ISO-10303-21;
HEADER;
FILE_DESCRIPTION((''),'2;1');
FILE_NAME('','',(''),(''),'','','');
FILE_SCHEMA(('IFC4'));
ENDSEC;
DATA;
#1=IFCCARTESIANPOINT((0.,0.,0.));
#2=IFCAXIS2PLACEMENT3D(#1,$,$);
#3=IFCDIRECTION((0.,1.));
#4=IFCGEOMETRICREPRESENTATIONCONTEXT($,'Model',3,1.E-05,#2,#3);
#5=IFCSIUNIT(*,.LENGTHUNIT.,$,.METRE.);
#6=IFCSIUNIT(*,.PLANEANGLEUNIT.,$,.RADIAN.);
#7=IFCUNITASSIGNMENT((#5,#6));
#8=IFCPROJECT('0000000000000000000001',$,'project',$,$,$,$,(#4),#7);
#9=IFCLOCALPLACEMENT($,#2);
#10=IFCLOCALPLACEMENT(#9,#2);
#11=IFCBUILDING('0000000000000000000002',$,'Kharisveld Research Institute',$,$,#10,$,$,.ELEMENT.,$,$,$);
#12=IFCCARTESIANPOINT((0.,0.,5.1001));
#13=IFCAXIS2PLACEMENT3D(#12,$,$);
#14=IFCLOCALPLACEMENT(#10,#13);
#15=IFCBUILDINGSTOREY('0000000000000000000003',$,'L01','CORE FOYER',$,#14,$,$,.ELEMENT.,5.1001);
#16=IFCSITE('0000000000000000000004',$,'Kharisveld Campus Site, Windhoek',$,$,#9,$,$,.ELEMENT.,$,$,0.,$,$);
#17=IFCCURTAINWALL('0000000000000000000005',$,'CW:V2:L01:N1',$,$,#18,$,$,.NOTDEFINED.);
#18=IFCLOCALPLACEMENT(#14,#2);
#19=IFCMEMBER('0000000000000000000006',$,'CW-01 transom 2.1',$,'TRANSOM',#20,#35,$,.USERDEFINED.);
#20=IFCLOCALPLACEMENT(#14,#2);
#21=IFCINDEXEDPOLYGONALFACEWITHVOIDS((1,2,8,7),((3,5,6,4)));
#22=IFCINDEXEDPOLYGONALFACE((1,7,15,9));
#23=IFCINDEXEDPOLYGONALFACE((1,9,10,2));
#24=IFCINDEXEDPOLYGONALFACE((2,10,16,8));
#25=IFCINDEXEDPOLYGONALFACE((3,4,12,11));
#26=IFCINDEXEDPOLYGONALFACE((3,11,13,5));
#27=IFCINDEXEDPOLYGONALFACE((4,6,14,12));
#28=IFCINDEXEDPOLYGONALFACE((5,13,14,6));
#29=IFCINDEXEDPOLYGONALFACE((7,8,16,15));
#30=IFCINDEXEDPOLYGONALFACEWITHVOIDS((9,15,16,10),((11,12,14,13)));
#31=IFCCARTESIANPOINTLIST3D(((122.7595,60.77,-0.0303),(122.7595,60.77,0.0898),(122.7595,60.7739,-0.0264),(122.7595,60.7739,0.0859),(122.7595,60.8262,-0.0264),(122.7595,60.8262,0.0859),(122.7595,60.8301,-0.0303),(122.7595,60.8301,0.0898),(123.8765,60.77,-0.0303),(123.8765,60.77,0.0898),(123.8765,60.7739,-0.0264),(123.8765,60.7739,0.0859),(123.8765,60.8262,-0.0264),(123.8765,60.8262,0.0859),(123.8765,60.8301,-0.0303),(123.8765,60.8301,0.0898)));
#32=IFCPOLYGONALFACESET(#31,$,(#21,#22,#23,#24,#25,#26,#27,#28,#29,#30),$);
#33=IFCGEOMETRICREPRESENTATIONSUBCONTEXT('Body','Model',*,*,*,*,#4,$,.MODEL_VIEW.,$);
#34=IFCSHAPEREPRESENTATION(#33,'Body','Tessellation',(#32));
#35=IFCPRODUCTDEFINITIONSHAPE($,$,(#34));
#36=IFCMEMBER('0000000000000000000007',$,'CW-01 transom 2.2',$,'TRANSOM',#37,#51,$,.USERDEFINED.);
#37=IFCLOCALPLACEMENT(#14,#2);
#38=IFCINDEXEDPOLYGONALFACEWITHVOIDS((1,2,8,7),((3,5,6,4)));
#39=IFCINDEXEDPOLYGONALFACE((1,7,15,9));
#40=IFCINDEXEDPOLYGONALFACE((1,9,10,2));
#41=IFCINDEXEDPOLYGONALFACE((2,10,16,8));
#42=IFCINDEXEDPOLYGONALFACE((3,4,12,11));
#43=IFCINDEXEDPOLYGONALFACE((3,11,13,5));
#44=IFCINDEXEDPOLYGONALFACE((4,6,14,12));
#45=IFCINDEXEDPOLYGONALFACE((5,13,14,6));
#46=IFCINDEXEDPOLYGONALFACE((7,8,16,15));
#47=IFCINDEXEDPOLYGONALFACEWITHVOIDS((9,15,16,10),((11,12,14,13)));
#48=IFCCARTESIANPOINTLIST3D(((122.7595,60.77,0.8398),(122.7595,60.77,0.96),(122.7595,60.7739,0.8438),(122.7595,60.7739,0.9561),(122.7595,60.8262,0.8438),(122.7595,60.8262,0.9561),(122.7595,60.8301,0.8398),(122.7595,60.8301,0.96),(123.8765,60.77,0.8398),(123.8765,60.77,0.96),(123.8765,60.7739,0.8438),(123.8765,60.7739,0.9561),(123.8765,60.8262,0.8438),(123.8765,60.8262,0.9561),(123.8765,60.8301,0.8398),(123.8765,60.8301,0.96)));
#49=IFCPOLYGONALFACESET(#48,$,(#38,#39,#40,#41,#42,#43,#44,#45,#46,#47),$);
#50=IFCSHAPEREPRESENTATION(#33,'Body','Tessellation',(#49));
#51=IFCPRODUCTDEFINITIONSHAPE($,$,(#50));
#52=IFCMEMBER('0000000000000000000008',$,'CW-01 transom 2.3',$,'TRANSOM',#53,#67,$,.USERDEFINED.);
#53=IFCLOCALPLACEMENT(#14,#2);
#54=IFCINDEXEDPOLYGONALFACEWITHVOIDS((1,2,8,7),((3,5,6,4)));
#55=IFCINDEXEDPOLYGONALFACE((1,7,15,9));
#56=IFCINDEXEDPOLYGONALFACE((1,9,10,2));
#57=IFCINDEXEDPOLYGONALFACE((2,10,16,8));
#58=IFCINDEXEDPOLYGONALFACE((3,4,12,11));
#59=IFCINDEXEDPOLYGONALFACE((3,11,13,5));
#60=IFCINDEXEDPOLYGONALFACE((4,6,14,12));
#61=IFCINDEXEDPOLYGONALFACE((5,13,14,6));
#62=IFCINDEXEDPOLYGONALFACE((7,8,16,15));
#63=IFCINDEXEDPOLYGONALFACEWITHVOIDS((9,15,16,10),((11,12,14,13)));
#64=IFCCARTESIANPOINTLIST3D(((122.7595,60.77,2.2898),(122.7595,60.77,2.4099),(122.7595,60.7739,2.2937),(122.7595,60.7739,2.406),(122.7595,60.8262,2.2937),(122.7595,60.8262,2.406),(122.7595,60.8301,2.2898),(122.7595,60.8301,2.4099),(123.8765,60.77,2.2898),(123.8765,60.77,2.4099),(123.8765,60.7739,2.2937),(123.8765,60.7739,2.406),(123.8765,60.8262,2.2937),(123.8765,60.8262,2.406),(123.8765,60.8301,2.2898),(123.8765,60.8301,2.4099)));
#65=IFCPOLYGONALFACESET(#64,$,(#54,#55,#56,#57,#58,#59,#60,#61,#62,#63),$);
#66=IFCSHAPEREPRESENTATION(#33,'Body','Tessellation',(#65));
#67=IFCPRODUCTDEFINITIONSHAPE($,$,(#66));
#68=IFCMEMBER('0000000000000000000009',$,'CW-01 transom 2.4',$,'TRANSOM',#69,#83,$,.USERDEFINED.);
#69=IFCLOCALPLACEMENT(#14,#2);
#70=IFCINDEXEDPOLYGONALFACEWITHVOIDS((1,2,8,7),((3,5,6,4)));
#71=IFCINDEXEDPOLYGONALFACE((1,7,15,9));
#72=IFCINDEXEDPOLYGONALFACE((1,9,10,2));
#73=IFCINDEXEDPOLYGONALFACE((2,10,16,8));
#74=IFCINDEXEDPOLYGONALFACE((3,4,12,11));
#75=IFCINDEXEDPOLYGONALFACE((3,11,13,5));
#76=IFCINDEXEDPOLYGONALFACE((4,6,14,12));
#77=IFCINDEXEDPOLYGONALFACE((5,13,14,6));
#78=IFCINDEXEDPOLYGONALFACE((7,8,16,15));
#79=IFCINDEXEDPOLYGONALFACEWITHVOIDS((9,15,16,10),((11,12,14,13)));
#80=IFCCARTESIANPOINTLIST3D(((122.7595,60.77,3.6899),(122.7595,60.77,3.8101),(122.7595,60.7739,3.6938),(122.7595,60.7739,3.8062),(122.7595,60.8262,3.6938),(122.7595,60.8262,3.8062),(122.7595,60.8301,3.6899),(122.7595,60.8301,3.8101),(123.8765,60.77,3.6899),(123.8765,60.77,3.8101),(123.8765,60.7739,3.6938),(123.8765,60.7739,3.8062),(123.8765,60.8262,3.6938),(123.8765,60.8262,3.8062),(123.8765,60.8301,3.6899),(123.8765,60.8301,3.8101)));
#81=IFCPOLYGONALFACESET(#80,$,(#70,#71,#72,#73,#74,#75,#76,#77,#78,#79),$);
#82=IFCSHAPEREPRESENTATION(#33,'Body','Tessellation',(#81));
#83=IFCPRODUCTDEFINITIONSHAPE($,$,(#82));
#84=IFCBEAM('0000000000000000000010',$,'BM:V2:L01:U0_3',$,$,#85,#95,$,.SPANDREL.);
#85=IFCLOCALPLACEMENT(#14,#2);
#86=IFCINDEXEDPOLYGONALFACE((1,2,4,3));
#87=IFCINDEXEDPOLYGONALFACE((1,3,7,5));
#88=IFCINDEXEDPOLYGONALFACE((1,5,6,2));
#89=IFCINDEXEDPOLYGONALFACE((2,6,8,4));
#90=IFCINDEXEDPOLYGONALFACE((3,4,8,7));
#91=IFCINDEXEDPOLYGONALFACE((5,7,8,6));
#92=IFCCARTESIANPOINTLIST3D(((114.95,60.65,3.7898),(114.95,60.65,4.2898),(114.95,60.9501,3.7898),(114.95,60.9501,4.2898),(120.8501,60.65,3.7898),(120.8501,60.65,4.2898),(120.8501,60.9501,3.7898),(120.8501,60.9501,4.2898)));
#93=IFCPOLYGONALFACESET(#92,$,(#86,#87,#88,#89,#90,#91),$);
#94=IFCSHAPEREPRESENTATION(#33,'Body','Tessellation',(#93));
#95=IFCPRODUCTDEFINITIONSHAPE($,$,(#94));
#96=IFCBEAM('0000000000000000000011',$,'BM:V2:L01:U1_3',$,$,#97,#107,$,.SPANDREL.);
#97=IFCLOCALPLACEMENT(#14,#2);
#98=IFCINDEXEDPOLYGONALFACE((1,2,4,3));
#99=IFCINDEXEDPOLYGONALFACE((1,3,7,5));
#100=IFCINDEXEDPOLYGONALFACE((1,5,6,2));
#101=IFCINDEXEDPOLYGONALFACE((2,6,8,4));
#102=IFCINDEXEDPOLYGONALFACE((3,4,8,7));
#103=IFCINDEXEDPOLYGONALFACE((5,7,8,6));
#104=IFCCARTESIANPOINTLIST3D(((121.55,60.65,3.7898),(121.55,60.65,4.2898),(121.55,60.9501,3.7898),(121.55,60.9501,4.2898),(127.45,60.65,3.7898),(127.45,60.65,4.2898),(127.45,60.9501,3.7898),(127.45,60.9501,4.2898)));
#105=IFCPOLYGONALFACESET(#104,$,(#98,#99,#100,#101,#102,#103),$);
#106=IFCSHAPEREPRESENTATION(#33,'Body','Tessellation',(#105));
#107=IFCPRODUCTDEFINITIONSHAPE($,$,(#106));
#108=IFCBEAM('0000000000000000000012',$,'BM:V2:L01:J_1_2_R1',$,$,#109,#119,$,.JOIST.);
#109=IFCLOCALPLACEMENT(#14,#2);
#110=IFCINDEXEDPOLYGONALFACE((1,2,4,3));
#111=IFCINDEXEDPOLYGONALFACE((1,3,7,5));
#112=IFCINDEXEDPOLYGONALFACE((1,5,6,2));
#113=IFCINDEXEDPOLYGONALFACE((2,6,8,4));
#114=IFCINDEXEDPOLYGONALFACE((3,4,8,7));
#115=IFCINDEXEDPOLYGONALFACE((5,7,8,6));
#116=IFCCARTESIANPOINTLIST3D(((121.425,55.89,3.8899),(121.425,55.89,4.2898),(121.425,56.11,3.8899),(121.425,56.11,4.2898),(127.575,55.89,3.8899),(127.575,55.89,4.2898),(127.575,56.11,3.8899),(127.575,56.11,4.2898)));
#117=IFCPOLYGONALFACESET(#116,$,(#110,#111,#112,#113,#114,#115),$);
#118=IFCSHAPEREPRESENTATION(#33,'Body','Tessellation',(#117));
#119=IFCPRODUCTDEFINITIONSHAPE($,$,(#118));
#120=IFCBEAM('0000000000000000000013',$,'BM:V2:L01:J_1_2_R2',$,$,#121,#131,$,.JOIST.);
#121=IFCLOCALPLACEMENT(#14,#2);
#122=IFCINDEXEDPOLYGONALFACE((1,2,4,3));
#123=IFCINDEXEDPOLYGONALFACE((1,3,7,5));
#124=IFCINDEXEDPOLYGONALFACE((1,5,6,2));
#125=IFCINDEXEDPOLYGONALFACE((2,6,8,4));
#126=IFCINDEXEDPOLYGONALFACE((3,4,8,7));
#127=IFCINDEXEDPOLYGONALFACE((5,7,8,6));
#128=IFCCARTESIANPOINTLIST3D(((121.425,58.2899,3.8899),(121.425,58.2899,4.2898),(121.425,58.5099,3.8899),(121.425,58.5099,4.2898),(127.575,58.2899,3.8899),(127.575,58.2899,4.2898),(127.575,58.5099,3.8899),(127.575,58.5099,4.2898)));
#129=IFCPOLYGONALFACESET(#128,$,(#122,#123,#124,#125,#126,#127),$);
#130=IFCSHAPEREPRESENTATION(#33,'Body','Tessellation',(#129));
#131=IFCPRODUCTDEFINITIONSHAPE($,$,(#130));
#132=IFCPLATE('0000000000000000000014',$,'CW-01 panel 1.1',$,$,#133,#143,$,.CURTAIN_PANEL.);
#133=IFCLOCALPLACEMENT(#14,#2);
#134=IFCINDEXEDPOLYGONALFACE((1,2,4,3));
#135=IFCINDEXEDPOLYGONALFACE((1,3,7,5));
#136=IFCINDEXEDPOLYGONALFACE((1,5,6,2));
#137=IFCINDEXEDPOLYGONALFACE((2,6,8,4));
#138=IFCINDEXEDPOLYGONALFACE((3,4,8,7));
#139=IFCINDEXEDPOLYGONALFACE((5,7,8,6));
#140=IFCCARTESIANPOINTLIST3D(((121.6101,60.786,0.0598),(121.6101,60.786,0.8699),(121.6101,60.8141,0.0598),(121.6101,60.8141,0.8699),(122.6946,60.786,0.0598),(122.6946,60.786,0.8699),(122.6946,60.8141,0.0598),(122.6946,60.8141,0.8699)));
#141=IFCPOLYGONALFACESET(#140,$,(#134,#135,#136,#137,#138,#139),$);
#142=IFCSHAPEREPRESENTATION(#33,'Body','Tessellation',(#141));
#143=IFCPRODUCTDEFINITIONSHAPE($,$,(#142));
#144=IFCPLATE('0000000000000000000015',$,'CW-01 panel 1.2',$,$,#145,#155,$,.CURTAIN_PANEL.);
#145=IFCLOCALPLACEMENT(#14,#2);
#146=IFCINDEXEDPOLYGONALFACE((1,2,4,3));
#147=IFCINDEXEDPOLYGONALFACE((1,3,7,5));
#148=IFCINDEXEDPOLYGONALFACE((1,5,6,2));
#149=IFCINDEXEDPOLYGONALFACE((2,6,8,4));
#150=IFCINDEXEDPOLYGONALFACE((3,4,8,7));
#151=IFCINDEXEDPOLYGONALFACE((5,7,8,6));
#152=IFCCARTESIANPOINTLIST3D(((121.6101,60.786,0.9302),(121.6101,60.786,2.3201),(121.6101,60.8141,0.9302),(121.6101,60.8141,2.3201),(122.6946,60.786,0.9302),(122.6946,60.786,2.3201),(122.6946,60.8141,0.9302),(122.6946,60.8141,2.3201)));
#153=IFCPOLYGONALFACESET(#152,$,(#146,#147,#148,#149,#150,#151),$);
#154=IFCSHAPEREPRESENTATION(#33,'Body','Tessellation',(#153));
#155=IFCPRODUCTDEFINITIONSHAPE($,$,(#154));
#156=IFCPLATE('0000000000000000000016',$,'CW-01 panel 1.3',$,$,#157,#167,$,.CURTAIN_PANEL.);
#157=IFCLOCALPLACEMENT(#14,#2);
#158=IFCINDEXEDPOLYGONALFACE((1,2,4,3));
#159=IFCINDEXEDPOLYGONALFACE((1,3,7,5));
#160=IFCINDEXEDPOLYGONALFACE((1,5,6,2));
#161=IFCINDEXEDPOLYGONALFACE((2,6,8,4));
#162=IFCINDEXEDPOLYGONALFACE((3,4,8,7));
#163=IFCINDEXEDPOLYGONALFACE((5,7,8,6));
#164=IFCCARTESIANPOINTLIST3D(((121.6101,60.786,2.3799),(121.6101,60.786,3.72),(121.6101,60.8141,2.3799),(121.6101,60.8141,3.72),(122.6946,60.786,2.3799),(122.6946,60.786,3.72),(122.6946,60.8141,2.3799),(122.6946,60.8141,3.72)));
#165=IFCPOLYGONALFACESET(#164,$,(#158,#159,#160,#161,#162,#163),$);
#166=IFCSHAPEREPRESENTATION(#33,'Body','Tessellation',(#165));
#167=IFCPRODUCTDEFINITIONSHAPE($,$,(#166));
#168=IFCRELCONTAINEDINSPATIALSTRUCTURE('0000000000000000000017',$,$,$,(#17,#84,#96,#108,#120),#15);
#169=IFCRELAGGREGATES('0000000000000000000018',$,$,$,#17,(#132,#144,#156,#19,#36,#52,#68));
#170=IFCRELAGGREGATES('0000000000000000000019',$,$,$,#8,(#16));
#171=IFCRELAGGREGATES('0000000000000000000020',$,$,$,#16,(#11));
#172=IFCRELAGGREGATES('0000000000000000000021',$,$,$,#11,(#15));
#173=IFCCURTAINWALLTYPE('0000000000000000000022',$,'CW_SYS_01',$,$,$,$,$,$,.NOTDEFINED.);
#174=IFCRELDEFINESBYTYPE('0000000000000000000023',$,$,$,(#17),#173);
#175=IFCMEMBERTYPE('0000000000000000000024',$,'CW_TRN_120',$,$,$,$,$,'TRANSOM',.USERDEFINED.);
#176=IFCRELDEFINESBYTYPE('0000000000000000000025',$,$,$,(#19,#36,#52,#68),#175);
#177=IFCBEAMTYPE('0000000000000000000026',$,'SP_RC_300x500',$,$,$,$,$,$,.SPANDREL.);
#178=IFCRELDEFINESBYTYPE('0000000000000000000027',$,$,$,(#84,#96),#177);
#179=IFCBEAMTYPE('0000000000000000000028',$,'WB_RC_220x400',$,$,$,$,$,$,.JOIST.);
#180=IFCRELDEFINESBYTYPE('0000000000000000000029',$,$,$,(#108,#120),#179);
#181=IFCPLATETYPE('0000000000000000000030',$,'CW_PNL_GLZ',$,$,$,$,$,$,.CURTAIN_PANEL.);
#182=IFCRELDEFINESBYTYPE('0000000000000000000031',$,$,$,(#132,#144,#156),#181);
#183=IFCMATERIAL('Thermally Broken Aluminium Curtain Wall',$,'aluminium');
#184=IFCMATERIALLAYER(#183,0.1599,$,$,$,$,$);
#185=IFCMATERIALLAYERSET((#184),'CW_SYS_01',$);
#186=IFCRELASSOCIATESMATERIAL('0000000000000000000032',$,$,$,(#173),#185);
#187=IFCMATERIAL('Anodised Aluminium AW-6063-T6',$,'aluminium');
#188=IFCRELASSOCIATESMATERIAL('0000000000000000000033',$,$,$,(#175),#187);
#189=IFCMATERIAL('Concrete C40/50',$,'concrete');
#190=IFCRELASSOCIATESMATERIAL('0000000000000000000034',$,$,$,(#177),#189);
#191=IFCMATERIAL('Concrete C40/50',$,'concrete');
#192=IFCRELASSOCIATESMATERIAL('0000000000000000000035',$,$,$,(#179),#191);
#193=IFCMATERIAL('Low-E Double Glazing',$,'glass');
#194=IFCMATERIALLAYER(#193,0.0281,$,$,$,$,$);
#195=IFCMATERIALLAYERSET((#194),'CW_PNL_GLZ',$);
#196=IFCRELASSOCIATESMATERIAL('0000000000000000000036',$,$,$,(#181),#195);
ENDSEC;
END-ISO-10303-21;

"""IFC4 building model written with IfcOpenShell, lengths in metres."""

from ifc_helpers import new_model, si_unit, direction, frame, origin, origin_2d, place, context, subcontext, project, spatial, rectangle, hollow_rectangle, extrude, material, layer, layer_set, material_profile, profile_set, type_object, element, aggregate, save


model = new_model("IFC4")

# Units and contexts
model_context = context("Model", 3, precision=1e-05, world=origin(), true_north=direction((0.0, 1.0)))
body_context = subcontext(model_context, "Body", "Model", "MODEL_VIEW")
ifc_project = project(units=[si_unit("LENGTHUNIT", "METRE"), si_unit("PLANEANGLEUNIT", "RADIAN")], contexts=[model_context])

# Site, building, storey
site_placement = place(None, origin())
site = spatial("IfcSite", under=ifc_project, at=site_placement, Name="Kharisveld Campus Site, Windhoek", CompositionType="ELEMENT", RefElevation=0.0)
building_placement = place(site_placement, origin())
building = spatial("IfcBuilding", under=site, at=building_placement, Name="Kharisveld Research Institute", CompositionType="ELEMENT")
storey_placement = place(building_placement, frame((0.0, 0.0, 5.1001)))
storey = spatial("IfcBuildingStorey", under=building, at=storey_placement, Name="L01", Description="CORE FOYER", CompositionType="ELEMENT", Elevation=5.1001)

# Curtain wall, members
ifc_material_1 = material(Name="Thermally Broken Aluminium Curtain Wall", Category="aluminium")
ifc_layer_1 = layer(ifc_material_1, 0.1599)
ifc_layer_set_1 = layer_set([ifc_layer_1], Name="CW_SYS_01")
curtain_wall_type = type_object("IfcCurtainWallType", Name="CW_SYS_01", PredefinedType="NOTDEFINED", material=ifc_layer_set_1)
curtain_wall_placement = place(storey_placement, origin())
curtain_wall = element("IfcCurtainWall", 1, at=curtain_wall_placement, inside=storey, type_object=curtain_wall_type, Name="CW:V2:L01:N1", PredefinedType="NOTDEFINED")
ifc_material_2 = material(Name="Anodised Aluminium AW-6063-T6", Category="aluminium")
ifc_material_profile_1 = material_profile(ifc_material_2, hollow_rectangle(XDim=0.0601, YDim=0.1201, WallThickness=0.0039, at=origin_2d()))
ifc_profile_set_1 = profile_set([ifc_material_profile_1], Name="Anodised Aluminium AW-6063-T6")
member_type_1 = type_object("IfcMemberType", Name="CW_TRN_120", ElementType="TRANSOM", PredefinedType="USERDEFINED", material=ifc_profile_set_1)
member_1_placement = place(storey_placement, frame((122.7595, 60.8, 0.0298), z_axis=(1.0, 0.0, 0.0), x_axis=(0.0, 1.0, 0.0)))
member_1 = element("IfcMember", 2, at=member_1_placement, type_object=member_type_1, Name="CW-01 transom 2.1", ObjectType="TRANSOM", PredefinedType="USERDEFINED", context=body_context, shape_type="SweptSolid", body=[
    extrude(hollow_rectangle(XDim=0.0601, YDim=0.1201, WallThickness=0.0039, at=origin_2d()), origin(), (0.0, 0.0, 1.0), 1.1169),
])
member_2_placement = place(storey_placement, frame((122.7595, 60.8, 0.8999), z_axis=(1.0, 0.0, 0.0), x_axis=(0.0, 1.0, 0.0)))
member_2 = element("IfcMember", 3, at=member_2_placement, type_object=member_type_1, Name="CW-01 transom 2.2", ObjectType="TRANSOM", PredefinedType="USERDEFINED", context=body_context, shape_type="SweptSolid", body=[
    extrude(hollow_rectangle(XDim=0.0601, YDim=0.1201, WallThickness=0.0039, at=origin_2d()), origin(), (0.0, 0.0, 1.0), 1.1169),
])
member_3_placement = place(storey_placement, frame((122.7595, 60.8, 2.3499), z_axis=(1.0, 0.0, 0.0), x_axis=(0.0, 1.0, 0.0)))
member_3 = element("IfcMember", 4, at=member_3_placement, type_object=member_type_1, Name="CW-01 transom 2.3", ObjectType="TRANSOM", PredefinedType="USERDEFINED", context=body_context, shape_type="SweptSolid", body=[
    extrude(hollow_rectangle(XDim=0.0601, YDim=0.1201, WallThickness=0.0039, at=origin_2d()), origin(), (0.0, 0.0, 1.0), 1.1169),
])
member_4_placement = place(storey_placement, frame((122.7595, 60.8, 3.75), z_axis=(1.0, 0.0, 0.0), x_axis=(0.0, 1.0, 0.0)))
member_4 = element("IfcMember", 5, at=member_4_placement, type_object=member_type_1, Name="CW-01 transom 2.4", ObjectType="TRANSOM", PredefinedType="USERDEFINED", context=body_context, shape_type="SweptSolid", body=[
    extrude(hollow_rectangle(XDim=0.0601, YDim=0.1201, WallThickness=0.0039, at=origin_2d()), origin(), (0.0, 0.0, 1.0), 1.1169),
])

# Beams
ifc_material_3 = material(Name="Concrete C40/50", Category="concrete")
ifc_material_profile_2 = material_profile(ifc_material_3, rectangle(XDim=0.3, YDim=0.5, at=origin_2d()))
ifc_profile_set_2 = profile_set([ifc_material_profile_2], Name="Concrete C40/50")
beam_type_1 = type_object("IfcBeamType", Name="SP_RC_300x500", PredefinedType="SPANDREL", material=ifc_profile_set_2)
beam_1_placement = place(storey_placement, frame((114.95, 60.8, 4.0398), z_axis=(1.0, 0.0, 0.0), x_axis=(0.0, 1.0, 0.0)))
element("IfcBeam", 6, at=beam_1_placement, inside=storey, type_object=beam_type_1, Name="BM:V2:L01:U0_3", PredefinedType="SPANDREL", context=body_context, shape_type="SweptSolid", body=[
    extrude(rectangle(XDim=0.3, YDim=0.5, at=origin_2d()), origin(), (0.0, 0.0, 1.0), 5.9001),
])
beam_2_placement = place(storey_placement, frame((121.55, 60.8, 4.0398), z_axis=(1.0, 0.0, 0.0), x_axis=(0.0, 1.0, 0.0)))
element("IfcBeam", 7, at=beam_2_placement, inside=storey, type_object=beam_type_1, Name="BM:V2:L01:U1_3", PredefinedType="SPANDREL", context=body_context, shape_type="SweptSolid", body=[
    extrude(rectangle(XDim=0.3, YDim=0.5, at=origin_2d()), origin(), (0.0, 0.0, 1.0), 5.8999),
])
ifc_material_4 = material(Name="Concrete C40/50", Category="concrete")
ifc_material_profile_3 = material_profile(ifc_material_4, rectangle(XDim=0.22, YDim=0.3999, at=origin_2d()))
ifc_profile_set_3 = profile_set([ifc_material_profile_3], Name="Concrete C40/50")
beam_type_2 = type_object("IfcBeamType", Name="WB_RC_220x400", PredefinedType="JOIST", material=ifc_profile_set_3)
for number, where, z_axis, x_axis, name in (
    (8, (121.425, 56.0, 4.0898), (1.0, 0.0, 0.0), (0.0, 1.0, 0.0), "BM:V2:L01:J_1_2_R1"),
    (9, (121.425, 58.3999, 4.0898), (1.0, 0.0, 0.0), (0.0, 1.0, 0.0), "BM:V2:L01:J_1_2_R2"),
):
    element("IfcBeam", number, at=place(storey_placement, frame(where, z_axis=z_axis, x_axis=x_axis)), inside=storey, type_object=beam_type_2, Name=name, PredefinedType="JOIST", context=body_context, shape_type="SweptSolid", body=[
        extrude(rectangle(XDim=0.22, YDim=0.3999, at=origin_2d()), origin(), (0.0, 0.0, 1.0), 6.1499),
    ])

# Plates
ifc_material_5 = material(Name="Low-E Double Glazing", Category="glass")
ifc_layer_2 = layer(ifc_material_5, 0.0281)
ifc_layer_set_2 = layer_set([ifc_layer_2], Name="CW_PNL_GLZ")
plate_type = type_object("IfcPlateType", Name="CW_PNL_GLZ", PredefinedType="CURTAIN_PANEL", material=ifc_layer_set_2)
plate_1_placement = place(storey_placement, frame((122.1523, 60.8, 0.0598), z_axis=(0.0, 0.0, 1.0), x_axis=(1.0, 0.0, 0.0)))
plate_1 = element("IfcPlate", 10, at=plate_1_placement, type_object=plate_type, Name="CW-01 panel 1.1", PredefinedType="CURTAIN_PANEL", context=body_context, shape_type="SweptSolid", body=[
    extrude(rectangle(XDim=1.0845, YDim=0.0281, at=origin_2d()), origin(), (0.0, 0.0, 1.0), 0.8101),
])
plate_2_placement = place(storey_placement, frame((122.1523, 60.8, 0.9302), z_axis=(0.0, 0.0, 1.0), x_axis=(1.0, 0.0, 0.0)))
plate_2 = element("IfcPlate", 11, at=plate_2_placement, type_object=plate_type, Name="CW-01 panel 1.2", PredefinedType="CURTAIN_PANEL", context=body_context, shape_type="SweptSolid", body=[
    extrude(rectangle(XDim=1.0845, YDim=0.0281, at=origin_2d()), origin(), (0.0, 0.0, 1.0), 1.3899),
])
plate_3_placement = place(storey_placement, frame((122.1523, 60.8, 2.3799), z_axis=(0.0, 0.0, 1.0), x_axis=(1.0, 0.0, 0.0)))
plate_3 = element("IfcPlate", 12, at=plate_3_placement, type_object=plate_type, Name="CW-01 panel 1.3", PredefinedType="CURTAIN_PANEL", context=body_context, shape_type="SweptSolid", body=[
    extrude(rectangle(XDim=1.0845, YDim=0.0281, at=origin_2d()), origin(), (0.0, 0.0, 1.0), 1.3401),
])
aggregate(curtain_wall, [plate_1, plate_2, plate_3, member_1, member_2, member_3, member_4])

save(model, "model.ifc")
